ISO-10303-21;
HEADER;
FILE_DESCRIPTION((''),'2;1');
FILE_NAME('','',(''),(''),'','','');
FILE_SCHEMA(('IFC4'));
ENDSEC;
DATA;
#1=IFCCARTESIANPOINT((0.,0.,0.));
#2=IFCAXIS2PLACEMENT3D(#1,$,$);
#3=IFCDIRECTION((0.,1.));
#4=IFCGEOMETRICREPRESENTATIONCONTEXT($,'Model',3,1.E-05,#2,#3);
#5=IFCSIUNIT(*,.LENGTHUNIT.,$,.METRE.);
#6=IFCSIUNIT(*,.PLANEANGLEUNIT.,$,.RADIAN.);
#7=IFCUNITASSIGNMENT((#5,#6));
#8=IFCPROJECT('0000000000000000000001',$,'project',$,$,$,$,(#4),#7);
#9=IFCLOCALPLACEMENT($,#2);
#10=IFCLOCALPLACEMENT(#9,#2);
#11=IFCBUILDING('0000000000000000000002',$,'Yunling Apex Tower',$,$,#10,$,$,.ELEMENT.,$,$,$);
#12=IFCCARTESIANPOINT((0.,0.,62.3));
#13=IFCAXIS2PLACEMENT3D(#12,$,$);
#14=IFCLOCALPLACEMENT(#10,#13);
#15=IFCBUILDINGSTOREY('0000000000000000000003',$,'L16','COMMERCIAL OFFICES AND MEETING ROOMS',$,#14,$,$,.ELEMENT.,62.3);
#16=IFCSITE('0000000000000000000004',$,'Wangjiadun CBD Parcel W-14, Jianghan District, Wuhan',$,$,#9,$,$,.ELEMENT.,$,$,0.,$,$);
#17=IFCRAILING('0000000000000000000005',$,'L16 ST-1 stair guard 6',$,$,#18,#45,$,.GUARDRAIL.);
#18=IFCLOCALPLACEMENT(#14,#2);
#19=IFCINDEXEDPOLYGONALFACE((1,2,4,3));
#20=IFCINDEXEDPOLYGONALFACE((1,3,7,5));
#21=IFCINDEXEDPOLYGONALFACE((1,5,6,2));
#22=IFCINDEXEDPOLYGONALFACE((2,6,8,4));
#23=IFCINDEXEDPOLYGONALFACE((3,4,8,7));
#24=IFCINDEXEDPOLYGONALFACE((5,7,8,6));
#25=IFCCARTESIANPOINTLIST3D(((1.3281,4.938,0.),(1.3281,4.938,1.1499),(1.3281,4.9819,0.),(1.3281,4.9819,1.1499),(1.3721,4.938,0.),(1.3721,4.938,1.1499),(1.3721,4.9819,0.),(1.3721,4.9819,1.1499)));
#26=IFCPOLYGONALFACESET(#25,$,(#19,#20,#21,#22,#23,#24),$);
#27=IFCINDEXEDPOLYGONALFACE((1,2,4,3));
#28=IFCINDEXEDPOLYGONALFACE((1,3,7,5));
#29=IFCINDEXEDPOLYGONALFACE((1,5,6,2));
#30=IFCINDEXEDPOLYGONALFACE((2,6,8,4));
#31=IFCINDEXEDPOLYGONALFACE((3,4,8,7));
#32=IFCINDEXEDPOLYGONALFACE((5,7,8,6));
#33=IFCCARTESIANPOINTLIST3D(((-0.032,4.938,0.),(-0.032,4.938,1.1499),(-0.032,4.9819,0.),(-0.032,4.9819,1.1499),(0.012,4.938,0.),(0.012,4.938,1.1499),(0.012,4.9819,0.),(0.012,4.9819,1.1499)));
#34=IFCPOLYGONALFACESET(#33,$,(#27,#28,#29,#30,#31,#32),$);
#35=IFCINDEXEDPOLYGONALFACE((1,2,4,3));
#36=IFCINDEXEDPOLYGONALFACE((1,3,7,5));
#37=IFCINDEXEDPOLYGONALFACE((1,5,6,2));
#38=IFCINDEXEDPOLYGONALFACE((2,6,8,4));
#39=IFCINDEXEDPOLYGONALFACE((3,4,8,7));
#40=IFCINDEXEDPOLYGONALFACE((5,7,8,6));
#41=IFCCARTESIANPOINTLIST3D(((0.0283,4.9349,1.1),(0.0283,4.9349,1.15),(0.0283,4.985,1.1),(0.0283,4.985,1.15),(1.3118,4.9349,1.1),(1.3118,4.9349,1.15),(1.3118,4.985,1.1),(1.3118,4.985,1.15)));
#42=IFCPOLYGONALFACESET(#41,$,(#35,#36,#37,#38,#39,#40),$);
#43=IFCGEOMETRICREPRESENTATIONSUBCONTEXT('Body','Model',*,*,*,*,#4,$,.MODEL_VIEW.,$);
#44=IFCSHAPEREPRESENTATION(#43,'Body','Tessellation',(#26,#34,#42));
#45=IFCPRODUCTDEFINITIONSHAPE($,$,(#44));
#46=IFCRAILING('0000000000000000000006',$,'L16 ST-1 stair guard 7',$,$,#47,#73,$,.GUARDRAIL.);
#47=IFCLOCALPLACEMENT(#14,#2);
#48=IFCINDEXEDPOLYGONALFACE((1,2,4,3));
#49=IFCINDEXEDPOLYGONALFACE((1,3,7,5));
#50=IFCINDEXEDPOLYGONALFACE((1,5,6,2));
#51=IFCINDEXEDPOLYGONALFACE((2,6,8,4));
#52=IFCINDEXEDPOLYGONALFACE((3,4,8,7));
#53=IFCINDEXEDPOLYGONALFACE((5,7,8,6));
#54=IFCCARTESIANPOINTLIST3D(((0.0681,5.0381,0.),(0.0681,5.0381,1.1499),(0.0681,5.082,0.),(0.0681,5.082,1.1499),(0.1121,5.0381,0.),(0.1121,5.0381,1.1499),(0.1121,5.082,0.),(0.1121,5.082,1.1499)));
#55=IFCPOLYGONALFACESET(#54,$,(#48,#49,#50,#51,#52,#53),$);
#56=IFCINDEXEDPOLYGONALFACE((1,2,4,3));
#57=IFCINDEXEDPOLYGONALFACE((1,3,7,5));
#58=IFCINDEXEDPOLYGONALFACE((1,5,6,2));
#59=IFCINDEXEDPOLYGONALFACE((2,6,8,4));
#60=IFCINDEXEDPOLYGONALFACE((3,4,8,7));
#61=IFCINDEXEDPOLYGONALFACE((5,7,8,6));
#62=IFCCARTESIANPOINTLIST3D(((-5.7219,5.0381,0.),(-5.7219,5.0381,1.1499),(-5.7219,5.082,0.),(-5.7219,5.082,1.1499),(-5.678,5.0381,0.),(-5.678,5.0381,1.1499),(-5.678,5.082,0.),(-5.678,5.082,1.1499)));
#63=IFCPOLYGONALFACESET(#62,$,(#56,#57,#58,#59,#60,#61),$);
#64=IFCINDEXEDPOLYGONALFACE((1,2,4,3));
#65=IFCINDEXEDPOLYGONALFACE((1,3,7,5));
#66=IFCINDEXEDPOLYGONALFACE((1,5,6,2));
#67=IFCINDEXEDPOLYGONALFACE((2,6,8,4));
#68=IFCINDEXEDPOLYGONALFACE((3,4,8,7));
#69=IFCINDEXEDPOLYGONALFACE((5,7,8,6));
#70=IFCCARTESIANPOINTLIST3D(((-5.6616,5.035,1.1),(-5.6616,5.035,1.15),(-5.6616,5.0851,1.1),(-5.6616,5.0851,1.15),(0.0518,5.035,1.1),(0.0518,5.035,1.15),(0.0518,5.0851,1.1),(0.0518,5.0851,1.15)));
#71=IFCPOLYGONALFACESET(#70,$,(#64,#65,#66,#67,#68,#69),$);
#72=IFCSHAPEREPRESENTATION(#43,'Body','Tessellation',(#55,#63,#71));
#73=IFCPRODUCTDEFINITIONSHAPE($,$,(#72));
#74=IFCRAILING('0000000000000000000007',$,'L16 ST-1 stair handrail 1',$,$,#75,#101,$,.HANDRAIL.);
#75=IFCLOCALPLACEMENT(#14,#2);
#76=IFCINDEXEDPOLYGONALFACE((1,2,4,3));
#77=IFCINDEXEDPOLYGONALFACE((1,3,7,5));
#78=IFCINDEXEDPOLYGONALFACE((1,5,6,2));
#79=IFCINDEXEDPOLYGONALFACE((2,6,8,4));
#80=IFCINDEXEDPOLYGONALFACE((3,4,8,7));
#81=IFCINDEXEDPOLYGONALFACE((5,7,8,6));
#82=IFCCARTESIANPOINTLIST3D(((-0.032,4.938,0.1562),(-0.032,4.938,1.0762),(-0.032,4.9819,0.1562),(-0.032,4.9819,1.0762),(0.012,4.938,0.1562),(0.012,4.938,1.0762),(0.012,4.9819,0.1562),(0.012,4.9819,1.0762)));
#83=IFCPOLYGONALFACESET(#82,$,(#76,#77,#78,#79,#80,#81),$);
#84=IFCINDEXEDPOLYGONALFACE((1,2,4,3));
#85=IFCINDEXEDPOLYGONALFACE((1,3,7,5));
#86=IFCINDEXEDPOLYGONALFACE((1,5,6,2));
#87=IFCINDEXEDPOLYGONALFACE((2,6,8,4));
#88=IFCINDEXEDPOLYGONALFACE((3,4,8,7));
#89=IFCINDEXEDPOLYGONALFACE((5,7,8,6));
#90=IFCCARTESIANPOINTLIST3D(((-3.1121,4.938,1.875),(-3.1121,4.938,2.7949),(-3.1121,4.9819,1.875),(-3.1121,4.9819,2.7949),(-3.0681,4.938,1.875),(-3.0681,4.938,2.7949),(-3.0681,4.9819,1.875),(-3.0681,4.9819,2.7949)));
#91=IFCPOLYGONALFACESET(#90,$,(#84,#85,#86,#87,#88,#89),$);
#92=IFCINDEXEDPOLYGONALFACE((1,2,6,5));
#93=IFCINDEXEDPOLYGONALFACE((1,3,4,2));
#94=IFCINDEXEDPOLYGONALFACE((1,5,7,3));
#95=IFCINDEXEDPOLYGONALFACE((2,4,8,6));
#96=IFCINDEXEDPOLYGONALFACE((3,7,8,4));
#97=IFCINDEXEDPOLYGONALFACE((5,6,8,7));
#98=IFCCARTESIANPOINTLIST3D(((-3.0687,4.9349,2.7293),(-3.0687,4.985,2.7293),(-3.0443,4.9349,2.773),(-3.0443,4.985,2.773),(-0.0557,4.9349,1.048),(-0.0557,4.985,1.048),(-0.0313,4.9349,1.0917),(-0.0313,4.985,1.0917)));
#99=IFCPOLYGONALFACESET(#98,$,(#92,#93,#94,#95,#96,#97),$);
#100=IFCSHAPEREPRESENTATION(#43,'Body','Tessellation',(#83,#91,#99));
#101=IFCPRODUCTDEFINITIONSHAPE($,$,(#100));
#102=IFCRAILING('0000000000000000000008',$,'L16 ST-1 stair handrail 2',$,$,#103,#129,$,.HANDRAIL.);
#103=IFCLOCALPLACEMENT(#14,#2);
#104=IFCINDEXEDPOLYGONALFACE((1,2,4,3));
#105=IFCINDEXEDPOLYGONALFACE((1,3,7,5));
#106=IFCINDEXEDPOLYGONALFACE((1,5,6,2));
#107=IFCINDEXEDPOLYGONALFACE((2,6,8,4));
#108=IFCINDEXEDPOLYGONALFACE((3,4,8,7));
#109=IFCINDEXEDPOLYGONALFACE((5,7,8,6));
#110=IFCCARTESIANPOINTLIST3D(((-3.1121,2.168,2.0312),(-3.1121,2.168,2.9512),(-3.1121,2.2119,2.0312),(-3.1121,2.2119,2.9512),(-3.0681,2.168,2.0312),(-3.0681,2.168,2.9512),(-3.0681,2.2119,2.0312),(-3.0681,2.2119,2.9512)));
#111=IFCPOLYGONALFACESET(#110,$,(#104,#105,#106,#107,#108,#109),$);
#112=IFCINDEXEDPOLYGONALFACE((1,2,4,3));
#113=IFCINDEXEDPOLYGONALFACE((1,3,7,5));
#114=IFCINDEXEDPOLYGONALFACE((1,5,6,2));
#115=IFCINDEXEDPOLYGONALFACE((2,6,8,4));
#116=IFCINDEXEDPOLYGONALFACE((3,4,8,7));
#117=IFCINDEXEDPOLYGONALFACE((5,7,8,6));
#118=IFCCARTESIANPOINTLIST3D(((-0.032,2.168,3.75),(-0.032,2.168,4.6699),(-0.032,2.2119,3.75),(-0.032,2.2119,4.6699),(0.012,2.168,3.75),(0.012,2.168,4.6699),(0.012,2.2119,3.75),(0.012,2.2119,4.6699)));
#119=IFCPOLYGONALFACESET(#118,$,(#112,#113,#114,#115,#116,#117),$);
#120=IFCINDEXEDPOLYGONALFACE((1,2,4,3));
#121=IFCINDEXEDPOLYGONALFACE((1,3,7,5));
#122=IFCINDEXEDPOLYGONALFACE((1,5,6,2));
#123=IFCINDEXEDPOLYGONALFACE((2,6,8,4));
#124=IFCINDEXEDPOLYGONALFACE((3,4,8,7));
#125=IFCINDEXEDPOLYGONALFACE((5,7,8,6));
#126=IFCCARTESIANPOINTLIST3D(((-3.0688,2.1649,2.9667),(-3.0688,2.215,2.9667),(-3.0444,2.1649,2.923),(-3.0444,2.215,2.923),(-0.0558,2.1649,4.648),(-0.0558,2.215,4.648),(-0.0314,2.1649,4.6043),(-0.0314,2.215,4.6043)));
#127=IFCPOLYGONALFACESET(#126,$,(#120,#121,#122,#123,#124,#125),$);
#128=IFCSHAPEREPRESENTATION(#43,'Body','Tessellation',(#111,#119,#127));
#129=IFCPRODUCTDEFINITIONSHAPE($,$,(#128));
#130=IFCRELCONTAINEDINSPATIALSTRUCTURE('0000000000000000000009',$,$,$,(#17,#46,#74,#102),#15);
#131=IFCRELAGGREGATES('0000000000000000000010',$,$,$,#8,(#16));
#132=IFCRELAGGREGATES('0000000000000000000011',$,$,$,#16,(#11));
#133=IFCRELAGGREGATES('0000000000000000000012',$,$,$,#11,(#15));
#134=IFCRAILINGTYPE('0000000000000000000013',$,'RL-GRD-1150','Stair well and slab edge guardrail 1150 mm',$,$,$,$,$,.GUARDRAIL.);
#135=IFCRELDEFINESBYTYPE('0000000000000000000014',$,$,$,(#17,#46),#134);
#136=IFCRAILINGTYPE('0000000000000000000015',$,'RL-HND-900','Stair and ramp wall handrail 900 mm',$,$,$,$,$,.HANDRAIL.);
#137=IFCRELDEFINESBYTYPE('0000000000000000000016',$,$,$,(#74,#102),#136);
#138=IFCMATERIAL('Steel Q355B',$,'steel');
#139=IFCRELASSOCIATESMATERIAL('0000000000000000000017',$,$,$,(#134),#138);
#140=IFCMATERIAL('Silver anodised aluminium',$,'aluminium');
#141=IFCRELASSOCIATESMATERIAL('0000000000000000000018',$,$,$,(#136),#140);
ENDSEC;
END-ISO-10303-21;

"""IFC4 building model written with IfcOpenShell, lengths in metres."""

from ifc_helpers import new_model, si_unit, direction, frame, origin, origin_2d, place, context, subcontext, project, spatial, rectangle, extrude, material, type_object, element, save


model = new_model("IFC4")

# Units and contexts
model_context = context("Model", 3, precision=1e-05, world=origin(), true_north=direction((0.0, 1.0)))
body_context = subcontext(model_context, "Body", "Model", "MODEL_VIEW")
ifc_project = project(units=[si_unit("LENGTHUNIT", "METRE"), si_unit("PLANEANGLEUNIT", "RADIAN")], contexts=[model_context])

# Site, building, storey
site_placement = place(None, origin())
site = spatial("IfcSite", under=ifc_project, at=site_placement, Name="Wangjiadun CBD Parcel W-14, Jianghan District, Wuhan", CompositionType="ELEMENT", RefElevation=0.0)
building_placement = place(site_placement, origin())
building = spatial("IfcBuilding", under=site, at=building_placement, Name="Yunling Apex Tower", CompositionType="ELEMENT")
storey_placement = place(building_placement, frame((0.0, 0.0, 62.3)))
storey = spatial("IfcBuildingStorey", under=building, at=storey_placement, Name="L16", Description="COMMERCIAL OFFICES AND MEETING ROOMS", CompositionType="ELEMENT", Elevation=62.3)

# Shared definitions
ifc_material_1 = material(Name="Steel Q355B", Category="steel")

# Railings
railing_type_1 = type_object("IfcRailingType", Name="RL-GRD-1150", Description="Stair well and slab edge guardrail 1150 mm", PredefinedType="GUARDRAIL", material=ifc_material_1)
railing_1_placement = place(storey_placement, frame((1.3501, 4.96, 0.0)))
element("IfcRailing", 1, at=railing_1_placement, inside=storey, type_object=railing_type_1, Name="L16 ST-1 stair guard 6", PredefinedType="GUARDRAIL", context=body_context, shape_type="SweptSolid", body=[
    extrude(rectangle(XDim=0.0439, YDim=0.0439, at=origin_2d()), origin(), (0.0, 0.0, 1.0), 1.1499),
    extrude(rectangle(XDim=0.0439, YDim=0.0439, at=origin_2d()), frame((-1.3601, 0.0, 0.0)), (0.0, 0.0, 1.0), 1.1499),
    extrude(rectangle(XDim=0.05, YDim=0.05, at=origin_2d()), frame((-0.0383, 0.0, 1.125), z_axis=(-1.0, 0.0, 0.0), x_axis=(0.0, -1.0, 0.0)), (0.0, 0.0, 1.0), 1.2834),
])
railing_2_placement = place(storey_placement, frame((0.0901, 5.0601, 0.0)))
element("IfcRailing", 2, at=railing_2_placement, inside=storey, type_object=railing_type_1, Name="L16 ST-1 stair guard 7", PredefinedType="GUARDRAIL", context=body_context, shape_type="SweptSolid", body=[
    extrude(rectangle(XDim=0.0439, YDim=0.0439, at=origin_2d()), origin(), (0.0, 0.0, 1.0), 1.1499),
    extrude(rectangle(XDim=0.0439, YDim=0.0439, at=origin_2d()), frame((-5.79, 0.0, 0.0)), (0.0, 0.0, 1.0), 1.1499),
    extrude(rectangle(XDim=0.05, YDim=0.05, at=origin_2d()), frame((-0.0383, 0.0, 1.125), z_axis=(-1.0, 0.0, 0.0), x_axis=(0.0, -1.0, 0.0)), (0.0, 0.0, 1.0), 5.7134),
])
ifc_material_2 = material(Name="Silver anodised aluminium", Category="aluminium")
railing_type_2 = type_object("IfcRailingType", Name="RL-HND-900", Description="Stair and ramp wall handrail 900 mm", PredefinedType="HANDRAIL", material=ifc_material_2)
railing_3_placement = place(storey_placement, frame((-0.01, 4.96, 0.1562)))
element("IfcRailing", 3, at=railing_3_placement, inside=storey, type_object=railing_type_2, Name="L16 ST-1 stair handrail 1", PredefinedType="HANDRAIL", context=body_context, shape_type="SweptSolid", body=[
    extrude(rectangle(XDim=0.0439, YDim=0.0439, at=origin_2d()), origin(), (0.0, 0.0, 1.0), 0.9199),
    extrude(rectangle(XDim=0.0439, YDim=0.0439, at=origin_2d()), frame((-3.0801, 0.0, 1.7188)), (0.0, 0.0, 1.0), 0.9199),
    extrude(rectangle(XDim=0.05, YDim=0.05, at=origin_2d()), frame((-0.0334, 0.0, 0.9136), z_axis=(-0.873242, 0.0, 0.487288), x_axis=(0.0, -1.0, 0.0)), (0.0, 0.0, 1.0), 3.4504),
])
railing_4_placement = place(storey_placement, frame((-3.0901, 2.1899, 2.0312)))
element("IfcRailing", 4, at=railing_4_placement, inside=storey, type_object=railing_type_2, Name="L16 ST-1 stair handrail 2", PredefinedType="HANDRAIL", context=body_context, shape_type="SweptSolid", body=[
    extrude(rectangle(XDim=0.0439, YDim=0.0439, at=origin_2d()), origin(), (0.0, 0.0, 1.0), 0.9199),
    extrude(rectangle(XDim=0.0439, YDim=0.0439, at=origin_2d()), frame((3.0801, 0.0, 1.7188)), (0.0, 0.0, 1.0), 0.9199),
    extrude(rectangle(XDim=0.05, YDim=0.05, at=origin_2d()), frame((0.0334, 0.0, 0.9136), z_axis=(0.873242, 0.0, 0.487288), x_axis=(0.0, 1.0, 0.0)), (0.0, 0.0, 1.0), 3.4504),
])

save(model, "model.ifc")
